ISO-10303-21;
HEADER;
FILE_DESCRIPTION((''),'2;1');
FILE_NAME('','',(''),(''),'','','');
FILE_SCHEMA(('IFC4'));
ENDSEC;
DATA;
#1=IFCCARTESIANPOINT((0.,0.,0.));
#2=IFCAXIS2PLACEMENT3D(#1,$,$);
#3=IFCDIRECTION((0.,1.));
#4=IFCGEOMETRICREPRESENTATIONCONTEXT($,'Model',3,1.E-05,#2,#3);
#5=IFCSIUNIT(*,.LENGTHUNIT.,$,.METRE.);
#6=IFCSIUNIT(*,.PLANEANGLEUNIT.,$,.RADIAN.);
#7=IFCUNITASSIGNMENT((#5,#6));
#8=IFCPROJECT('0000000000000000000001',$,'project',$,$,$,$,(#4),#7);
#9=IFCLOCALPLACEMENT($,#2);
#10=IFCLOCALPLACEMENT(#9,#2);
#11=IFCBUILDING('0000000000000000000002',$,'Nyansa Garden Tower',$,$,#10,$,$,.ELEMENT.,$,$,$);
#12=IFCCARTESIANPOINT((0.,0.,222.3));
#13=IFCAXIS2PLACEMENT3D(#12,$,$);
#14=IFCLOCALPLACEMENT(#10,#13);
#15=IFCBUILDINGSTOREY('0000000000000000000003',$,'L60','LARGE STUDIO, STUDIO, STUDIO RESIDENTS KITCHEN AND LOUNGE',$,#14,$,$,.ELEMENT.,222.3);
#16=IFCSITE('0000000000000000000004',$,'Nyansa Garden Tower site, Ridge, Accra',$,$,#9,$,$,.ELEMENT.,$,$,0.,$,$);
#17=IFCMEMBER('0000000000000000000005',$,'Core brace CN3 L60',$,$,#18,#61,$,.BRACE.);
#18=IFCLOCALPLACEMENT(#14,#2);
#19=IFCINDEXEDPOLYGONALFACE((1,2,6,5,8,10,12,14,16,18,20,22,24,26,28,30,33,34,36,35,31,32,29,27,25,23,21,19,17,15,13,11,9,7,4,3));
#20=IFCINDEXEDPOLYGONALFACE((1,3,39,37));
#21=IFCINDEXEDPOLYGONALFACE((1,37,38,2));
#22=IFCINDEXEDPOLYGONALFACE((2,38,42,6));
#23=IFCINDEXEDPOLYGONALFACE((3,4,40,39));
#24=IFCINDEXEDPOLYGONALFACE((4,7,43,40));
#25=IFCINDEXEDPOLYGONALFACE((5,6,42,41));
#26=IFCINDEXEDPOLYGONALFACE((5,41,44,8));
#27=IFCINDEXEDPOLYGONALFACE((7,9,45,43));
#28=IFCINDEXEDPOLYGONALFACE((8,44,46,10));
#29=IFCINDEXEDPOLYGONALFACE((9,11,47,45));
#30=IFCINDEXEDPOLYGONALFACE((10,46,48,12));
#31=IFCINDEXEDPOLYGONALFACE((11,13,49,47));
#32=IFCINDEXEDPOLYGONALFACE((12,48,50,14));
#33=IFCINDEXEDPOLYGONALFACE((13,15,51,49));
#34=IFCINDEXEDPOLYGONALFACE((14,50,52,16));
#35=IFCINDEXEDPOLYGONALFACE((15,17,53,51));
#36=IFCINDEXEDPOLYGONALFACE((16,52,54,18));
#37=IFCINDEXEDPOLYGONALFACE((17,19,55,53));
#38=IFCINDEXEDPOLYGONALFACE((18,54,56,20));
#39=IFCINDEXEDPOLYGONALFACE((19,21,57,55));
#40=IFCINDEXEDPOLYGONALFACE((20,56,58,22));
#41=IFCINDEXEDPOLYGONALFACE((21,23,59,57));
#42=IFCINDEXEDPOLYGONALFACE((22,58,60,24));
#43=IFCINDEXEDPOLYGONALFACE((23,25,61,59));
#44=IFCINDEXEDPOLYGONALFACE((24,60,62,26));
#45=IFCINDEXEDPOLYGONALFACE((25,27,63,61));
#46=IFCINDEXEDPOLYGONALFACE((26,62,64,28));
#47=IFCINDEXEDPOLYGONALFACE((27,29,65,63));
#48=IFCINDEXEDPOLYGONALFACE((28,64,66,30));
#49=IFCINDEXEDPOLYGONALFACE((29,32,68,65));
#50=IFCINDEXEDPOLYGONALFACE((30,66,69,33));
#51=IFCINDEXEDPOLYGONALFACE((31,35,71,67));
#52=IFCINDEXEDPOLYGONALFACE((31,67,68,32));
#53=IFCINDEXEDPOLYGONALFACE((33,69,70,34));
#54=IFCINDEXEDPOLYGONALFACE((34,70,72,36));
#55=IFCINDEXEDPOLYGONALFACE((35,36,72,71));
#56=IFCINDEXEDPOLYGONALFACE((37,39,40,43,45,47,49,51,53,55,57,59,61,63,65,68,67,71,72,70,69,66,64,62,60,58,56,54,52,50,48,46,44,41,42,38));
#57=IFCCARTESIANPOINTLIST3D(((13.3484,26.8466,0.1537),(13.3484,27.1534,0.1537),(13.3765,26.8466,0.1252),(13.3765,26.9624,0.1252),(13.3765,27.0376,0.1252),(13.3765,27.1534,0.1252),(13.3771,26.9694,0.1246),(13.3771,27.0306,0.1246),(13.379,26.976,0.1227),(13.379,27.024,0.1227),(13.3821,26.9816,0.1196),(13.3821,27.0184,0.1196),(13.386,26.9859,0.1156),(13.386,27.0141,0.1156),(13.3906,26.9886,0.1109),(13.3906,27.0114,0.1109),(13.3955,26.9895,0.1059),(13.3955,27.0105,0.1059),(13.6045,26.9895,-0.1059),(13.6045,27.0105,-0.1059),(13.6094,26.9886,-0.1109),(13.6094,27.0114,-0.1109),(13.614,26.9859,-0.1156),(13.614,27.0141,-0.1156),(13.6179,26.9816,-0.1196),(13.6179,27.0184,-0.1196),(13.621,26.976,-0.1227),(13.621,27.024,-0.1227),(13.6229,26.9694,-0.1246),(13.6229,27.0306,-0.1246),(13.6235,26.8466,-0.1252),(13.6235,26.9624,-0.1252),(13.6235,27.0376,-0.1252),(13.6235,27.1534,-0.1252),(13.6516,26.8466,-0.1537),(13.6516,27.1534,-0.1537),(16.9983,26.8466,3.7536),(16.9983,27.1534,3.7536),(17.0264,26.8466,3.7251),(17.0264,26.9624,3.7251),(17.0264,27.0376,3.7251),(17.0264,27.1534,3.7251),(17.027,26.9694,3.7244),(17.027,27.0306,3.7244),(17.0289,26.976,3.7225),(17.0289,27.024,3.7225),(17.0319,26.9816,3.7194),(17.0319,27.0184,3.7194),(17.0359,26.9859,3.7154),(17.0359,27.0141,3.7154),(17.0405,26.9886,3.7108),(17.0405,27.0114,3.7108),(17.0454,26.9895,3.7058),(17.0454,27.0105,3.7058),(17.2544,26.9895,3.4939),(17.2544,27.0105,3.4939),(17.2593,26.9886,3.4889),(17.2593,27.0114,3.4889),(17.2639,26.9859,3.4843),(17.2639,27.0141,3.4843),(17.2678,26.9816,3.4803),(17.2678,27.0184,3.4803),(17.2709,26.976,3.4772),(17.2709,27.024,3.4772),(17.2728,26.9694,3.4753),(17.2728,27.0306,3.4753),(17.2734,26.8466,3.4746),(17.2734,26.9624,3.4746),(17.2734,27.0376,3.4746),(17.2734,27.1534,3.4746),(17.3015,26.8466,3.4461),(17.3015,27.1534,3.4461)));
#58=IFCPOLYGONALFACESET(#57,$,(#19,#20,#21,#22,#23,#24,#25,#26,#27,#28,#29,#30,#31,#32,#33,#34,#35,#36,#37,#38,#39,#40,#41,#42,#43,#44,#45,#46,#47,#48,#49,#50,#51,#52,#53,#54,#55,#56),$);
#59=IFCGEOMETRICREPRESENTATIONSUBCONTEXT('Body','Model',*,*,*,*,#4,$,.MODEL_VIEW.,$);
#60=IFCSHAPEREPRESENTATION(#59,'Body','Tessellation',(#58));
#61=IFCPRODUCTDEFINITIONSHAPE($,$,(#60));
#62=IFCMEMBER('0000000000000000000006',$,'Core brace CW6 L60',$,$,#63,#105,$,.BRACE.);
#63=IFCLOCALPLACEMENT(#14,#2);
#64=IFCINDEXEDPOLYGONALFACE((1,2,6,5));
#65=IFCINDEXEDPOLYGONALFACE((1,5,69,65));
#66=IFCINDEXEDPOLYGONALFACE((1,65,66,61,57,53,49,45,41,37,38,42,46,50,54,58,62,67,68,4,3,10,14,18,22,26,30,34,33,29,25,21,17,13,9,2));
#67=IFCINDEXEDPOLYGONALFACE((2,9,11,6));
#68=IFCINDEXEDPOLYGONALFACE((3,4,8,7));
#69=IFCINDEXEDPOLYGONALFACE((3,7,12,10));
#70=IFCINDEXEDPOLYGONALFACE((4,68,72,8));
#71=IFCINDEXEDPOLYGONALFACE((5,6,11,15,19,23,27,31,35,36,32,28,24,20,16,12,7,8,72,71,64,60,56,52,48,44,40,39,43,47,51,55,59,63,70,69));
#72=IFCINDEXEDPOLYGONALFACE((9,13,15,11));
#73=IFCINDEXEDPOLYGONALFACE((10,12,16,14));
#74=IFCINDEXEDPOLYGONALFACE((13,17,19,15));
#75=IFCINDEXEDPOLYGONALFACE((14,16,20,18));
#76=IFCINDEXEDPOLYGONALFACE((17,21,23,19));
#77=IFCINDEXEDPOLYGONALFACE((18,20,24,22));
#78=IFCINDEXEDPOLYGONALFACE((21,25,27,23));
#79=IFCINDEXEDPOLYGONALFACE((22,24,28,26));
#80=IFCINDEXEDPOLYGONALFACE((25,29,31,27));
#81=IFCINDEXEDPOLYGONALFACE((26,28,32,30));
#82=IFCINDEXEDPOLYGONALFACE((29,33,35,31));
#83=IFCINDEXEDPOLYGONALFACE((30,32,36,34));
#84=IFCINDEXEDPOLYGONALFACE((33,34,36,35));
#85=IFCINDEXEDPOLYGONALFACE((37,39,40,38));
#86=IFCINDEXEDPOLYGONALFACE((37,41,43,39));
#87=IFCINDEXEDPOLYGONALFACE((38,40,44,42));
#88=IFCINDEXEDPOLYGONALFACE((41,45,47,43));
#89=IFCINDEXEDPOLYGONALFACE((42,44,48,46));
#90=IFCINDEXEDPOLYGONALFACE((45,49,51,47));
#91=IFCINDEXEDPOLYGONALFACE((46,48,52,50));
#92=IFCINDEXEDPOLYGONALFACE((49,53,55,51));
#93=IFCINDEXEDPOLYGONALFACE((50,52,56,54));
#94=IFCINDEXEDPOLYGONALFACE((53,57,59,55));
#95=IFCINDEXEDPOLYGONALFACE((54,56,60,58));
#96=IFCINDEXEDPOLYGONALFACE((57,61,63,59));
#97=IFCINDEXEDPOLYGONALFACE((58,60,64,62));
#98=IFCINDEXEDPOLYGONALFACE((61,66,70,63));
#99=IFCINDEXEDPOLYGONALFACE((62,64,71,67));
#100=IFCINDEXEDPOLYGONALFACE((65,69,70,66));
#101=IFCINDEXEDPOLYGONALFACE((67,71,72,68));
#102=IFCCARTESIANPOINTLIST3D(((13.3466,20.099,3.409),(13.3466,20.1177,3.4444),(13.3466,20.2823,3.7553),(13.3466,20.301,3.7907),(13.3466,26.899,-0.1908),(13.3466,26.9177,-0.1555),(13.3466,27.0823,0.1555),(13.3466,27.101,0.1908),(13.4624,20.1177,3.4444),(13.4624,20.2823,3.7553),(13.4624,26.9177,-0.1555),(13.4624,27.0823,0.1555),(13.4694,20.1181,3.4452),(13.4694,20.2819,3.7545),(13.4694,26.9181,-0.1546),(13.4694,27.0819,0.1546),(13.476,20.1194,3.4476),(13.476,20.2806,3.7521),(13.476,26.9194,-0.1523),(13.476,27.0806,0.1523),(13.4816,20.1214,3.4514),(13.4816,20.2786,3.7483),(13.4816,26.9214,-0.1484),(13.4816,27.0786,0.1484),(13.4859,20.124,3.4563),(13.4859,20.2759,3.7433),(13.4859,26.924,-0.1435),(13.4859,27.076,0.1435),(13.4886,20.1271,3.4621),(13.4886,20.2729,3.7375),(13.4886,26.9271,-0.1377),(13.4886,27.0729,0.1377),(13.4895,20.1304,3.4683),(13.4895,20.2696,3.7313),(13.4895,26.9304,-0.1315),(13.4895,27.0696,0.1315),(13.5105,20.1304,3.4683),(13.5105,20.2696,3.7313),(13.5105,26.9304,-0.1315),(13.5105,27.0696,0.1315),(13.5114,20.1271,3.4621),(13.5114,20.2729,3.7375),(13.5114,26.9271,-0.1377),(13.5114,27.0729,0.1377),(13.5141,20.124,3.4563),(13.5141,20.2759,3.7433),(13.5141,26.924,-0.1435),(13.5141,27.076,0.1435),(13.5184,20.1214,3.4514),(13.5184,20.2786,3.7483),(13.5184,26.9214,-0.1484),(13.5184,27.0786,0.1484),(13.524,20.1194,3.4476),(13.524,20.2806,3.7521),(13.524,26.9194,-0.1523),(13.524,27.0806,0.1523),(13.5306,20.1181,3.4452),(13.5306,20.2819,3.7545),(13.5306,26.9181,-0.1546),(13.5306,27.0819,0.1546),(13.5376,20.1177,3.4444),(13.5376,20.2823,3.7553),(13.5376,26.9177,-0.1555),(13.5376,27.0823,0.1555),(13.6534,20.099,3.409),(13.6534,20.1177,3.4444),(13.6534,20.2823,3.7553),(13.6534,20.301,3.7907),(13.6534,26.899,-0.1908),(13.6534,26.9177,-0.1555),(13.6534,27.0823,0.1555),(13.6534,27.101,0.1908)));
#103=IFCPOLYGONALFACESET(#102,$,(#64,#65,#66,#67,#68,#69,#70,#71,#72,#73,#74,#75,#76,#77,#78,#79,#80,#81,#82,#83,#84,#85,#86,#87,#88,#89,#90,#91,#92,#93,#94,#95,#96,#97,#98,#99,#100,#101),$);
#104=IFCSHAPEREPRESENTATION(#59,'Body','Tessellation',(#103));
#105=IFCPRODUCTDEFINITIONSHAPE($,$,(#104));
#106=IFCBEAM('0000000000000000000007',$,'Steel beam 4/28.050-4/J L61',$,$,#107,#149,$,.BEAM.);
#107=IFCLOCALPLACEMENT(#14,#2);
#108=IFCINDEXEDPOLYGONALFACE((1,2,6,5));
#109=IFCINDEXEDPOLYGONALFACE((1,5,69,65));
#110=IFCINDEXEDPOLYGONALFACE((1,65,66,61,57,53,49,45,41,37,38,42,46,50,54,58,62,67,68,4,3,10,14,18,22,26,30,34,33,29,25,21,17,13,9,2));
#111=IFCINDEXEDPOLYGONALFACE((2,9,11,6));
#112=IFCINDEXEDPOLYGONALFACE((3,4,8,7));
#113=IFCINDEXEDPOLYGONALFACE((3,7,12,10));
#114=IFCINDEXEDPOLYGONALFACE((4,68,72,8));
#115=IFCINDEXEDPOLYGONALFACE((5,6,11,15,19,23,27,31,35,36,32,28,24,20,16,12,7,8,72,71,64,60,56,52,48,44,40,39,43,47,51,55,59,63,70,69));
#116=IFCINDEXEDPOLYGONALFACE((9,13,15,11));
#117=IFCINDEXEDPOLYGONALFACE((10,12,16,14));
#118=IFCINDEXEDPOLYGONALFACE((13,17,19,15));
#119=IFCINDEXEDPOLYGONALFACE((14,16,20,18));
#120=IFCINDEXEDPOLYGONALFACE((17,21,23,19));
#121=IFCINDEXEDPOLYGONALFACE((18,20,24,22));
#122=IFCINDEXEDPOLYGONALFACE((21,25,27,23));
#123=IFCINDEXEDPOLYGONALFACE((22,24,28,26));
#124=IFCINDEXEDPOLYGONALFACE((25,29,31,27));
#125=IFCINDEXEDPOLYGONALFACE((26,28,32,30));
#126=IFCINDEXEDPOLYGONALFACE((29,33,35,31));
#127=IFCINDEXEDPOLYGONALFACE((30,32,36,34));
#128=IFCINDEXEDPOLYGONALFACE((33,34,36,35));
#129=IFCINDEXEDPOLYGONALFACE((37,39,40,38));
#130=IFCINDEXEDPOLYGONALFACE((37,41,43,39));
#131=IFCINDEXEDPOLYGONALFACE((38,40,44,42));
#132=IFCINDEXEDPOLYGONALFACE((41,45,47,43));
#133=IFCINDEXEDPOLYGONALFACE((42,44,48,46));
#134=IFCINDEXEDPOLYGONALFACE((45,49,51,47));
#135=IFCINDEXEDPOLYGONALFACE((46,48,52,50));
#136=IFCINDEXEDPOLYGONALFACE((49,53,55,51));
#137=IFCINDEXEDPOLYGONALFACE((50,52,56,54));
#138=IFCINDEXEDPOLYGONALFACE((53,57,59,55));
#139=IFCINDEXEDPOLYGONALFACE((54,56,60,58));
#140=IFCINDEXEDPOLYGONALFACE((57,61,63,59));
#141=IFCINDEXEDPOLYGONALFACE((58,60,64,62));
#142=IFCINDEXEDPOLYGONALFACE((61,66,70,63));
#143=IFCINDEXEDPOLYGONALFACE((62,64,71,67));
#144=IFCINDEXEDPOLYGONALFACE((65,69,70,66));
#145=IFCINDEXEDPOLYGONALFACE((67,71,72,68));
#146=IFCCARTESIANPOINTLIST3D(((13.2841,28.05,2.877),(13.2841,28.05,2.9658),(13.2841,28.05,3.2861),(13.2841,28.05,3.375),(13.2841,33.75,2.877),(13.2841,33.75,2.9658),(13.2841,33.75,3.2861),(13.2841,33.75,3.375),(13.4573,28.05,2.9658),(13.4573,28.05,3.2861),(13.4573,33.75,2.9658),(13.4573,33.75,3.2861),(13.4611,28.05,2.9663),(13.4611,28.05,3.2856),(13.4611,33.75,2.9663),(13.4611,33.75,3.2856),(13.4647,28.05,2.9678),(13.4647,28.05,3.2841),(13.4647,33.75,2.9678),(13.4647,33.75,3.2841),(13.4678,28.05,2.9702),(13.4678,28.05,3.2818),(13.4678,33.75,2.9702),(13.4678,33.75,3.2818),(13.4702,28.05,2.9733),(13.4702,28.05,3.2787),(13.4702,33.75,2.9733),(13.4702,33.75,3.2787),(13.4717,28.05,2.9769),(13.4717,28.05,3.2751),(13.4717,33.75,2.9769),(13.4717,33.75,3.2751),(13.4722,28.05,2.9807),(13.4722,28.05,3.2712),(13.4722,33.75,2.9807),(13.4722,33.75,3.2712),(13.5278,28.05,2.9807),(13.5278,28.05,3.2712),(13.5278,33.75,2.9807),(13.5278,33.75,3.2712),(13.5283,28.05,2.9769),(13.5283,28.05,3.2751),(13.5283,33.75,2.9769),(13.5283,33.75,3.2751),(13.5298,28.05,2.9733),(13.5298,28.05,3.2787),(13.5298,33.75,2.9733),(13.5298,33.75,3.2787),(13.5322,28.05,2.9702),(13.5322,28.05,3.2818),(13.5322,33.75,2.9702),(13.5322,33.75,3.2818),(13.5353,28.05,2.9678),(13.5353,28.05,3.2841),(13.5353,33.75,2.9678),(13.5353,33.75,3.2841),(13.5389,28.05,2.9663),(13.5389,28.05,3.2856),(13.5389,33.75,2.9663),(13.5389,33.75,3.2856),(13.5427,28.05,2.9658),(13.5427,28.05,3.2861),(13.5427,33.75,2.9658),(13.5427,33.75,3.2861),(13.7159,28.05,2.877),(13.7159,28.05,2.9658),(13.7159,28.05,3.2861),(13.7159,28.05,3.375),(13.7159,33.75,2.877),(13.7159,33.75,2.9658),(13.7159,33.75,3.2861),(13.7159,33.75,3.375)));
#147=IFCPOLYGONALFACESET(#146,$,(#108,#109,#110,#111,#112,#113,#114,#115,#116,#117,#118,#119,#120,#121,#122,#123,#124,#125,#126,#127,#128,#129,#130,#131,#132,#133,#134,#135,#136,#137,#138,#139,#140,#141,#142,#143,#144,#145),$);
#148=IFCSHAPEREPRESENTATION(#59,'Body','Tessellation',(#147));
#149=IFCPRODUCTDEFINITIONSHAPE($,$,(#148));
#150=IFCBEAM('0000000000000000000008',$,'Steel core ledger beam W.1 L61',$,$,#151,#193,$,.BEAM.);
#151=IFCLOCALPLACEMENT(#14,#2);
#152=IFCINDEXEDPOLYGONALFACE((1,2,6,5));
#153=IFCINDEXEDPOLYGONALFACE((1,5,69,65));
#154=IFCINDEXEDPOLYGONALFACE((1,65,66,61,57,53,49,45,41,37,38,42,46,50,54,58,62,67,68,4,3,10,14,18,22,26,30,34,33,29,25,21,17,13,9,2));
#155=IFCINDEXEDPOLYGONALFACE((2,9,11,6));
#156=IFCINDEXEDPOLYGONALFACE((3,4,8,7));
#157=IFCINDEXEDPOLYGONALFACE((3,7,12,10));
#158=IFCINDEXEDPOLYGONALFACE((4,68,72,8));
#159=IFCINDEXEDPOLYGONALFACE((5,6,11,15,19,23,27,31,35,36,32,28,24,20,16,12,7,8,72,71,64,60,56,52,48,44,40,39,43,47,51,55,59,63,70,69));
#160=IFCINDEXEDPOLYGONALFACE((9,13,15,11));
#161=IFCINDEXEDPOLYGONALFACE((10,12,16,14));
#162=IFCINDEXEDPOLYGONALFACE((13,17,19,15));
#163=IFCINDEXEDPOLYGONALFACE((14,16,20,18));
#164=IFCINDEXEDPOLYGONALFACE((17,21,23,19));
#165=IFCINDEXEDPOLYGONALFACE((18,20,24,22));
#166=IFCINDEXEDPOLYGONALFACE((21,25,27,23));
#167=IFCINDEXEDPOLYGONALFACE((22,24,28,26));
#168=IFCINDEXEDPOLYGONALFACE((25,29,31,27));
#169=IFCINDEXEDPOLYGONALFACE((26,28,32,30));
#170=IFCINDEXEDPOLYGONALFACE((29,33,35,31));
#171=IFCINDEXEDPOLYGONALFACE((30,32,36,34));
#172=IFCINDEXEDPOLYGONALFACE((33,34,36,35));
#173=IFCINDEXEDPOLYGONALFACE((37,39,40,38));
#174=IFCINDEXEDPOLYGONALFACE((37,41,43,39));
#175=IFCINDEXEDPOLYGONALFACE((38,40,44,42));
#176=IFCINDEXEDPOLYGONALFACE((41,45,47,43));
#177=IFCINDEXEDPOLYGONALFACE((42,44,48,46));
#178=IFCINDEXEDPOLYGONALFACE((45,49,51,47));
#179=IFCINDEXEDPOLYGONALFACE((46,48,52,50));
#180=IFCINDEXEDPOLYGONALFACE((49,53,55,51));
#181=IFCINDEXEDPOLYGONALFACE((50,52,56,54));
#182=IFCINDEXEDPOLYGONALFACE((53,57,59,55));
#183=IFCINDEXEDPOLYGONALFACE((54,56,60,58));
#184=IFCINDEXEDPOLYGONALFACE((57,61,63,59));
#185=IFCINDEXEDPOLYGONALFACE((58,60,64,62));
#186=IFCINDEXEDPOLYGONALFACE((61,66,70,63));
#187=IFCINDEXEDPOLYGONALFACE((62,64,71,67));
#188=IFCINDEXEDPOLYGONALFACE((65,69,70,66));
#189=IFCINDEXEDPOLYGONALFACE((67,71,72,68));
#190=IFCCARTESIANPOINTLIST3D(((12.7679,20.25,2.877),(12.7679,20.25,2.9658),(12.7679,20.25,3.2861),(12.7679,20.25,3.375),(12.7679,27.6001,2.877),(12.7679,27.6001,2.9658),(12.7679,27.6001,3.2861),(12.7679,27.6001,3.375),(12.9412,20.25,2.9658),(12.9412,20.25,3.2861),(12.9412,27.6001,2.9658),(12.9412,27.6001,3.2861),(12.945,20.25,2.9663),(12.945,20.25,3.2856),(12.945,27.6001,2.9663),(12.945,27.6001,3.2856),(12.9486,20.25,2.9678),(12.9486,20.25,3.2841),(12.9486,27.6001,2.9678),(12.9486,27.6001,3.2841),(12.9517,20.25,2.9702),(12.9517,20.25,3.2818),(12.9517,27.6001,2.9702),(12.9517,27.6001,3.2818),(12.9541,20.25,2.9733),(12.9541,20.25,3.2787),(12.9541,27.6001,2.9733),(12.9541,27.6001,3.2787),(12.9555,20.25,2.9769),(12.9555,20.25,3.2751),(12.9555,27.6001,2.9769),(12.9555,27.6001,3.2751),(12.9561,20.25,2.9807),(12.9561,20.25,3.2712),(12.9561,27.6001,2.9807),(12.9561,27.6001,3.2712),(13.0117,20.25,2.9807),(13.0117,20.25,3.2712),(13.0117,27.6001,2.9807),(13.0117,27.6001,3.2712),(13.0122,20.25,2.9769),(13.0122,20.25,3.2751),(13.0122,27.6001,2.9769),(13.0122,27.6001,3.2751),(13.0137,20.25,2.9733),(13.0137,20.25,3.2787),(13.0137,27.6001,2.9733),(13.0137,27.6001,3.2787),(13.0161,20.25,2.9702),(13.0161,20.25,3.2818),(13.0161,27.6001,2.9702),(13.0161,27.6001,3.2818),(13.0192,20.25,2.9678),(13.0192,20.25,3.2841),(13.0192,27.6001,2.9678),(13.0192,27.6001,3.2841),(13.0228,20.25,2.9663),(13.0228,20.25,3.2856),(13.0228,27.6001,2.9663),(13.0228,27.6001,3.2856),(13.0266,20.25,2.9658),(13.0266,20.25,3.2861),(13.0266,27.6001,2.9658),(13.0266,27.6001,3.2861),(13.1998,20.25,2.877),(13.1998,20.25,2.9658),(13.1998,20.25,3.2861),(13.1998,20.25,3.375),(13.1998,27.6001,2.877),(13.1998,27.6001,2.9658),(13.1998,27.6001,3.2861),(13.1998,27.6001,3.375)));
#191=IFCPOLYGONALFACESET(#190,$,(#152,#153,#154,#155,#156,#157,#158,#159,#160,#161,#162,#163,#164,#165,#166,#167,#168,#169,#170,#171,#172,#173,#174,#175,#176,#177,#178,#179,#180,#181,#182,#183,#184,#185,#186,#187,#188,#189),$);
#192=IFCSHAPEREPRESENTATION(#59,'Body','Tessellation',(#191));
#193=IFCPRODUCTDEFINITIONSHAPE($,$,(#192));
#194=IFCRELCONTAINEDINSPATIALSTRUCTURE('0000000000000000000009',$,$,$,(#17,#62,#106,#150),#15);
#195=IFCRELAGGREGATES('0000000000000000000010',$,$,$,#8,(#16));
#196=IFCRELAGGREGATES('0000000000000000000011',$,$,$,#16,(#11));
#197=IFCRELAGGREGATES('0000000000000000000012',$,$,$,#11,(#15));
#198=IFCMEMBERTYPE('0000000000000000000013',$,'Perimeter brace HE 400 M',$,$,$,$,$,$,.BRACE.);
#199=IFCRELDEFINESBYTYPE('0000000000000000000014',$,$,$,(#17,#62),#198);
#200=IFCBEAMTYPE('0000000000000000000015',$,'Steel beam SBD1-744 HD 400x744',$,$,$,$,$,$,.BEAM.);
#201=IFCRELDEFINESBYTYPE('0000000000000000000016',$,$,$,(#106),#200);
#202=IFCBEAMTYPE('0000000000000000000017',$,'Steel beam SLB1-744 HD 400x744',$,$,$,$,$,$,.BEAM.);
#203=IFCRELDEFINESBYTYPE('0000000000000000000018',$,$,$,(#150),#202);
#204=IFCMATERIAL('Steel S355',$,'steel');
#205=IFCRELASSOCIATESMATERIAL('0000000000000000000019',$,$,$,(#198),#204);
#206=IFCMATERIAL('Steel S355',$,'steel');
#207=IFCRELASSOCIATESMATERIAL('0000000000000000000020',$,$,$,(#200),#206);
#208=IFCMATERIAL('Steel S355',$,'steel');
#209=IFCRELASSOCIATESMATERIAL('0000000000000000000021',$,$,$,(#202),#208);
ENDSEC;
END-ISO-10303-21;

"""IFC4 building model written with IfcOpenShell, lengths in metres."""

from ifc_helpers import new_model, si_unit, direction, frame, origin, origin_2d, place, context, subcontext, project, spatial, i_section, extrude, material, material_profile, profile_set, type_object, element, save


model = new_model("IFC4")

# Units and contexts
model_context = context("Model", 3, precision=1e-05, world=origin(), true_north=direction((0.0, 1.0)))
body_context = subcontext(model_context, "Body", "Model", "MODEL_VIEW")
ifc_project = project(units=[si_unit("LENGTHUNIT", "METRE"), si_unit("PLANEANGLEUNIT", "RADIAN")], contexts=[model_context])

# Site, building, storey
site_placement = place(None, origin())
site = spatial("IfcSite", under=ifc_project, at=site_placement, Name="Nyansa Garden Tower site, Ridge, Accra", CompositionType="ELEMENT", RefElevation=0.0)
building_placement = place(site_placement, origin())
building = spatial("IfcBuilding", under=site, at=building_placement, Name="Nyansa Garden Tower", CompositionType="ELEMENT")
storey_placement = place(building_placement, frame((0.0, 0.0, 222.3)))
storey = spatial("IfcBuildingStorey", under=building, at=storey_placement, Name="L60", Description="LARGE STUDIO, STUDIO, STUDIO RESIDENTS KITCHEN AND LOUNGE", CompositionType="ELEMENT", Elevation=222.3)

# Members
ifc_material_1 = material(Name="Steel S355", Category="steel")
ifc_material_profile_1 = material_profile(ifc_material_1, i_section(OverallWidth=0.3069, OverallDepth=0.4319, WebThickness=0.021, FlangeThickness=0.04, FilletRadius=0.0271, at=origin_2d()), Name="HE 400 M")
ifc_profile_set_1 = profile_set([ifc_material_profile_1], Name="Steel S355")
member_type = type_object("IfcMemberType", Name="Perimeter brace HE 400 M", PredefinedType="BRACE", material=ifc_profile_set_1)
member_1_placement = place(storey_placement, frame((13.5, 27.0, 0.0), z_axis=(0.711971, 0.0, 0.702209), x_axis=(0.0, 1.0, 0.0)))
element("IfcMember", 1, at=member_1_placement, inside=storey, type_object=member_type, Name="Core brace CN3 L60", PredefinedType="BRACE", context=body_context, shape_type="SweptSolid", body=[
    extrude(i_section(OverallWidth=0.3069, OverallDepth=0.4319, WebThickness=0.021, FlangeThickness=0.04, FilletRadius=0.0271, at=origin_2d()), origin(), (0.0, 0.0, 1.0), 5.1265),
])
member_2_placement = place(storey_placement, frame((13.5, 27.0, 0.0), z_axis=(0.0, -0.883797, 0.46787), x_axis=(1.0, 0.0, 0.0)))
element("IfcMember", 2, at=member_2_placement, inside=storey, type_object=member_type, Name="Core brace CW6 L60", PredefinedType="BRACE", context=body_context, shape_type="SweptSolid", body=[
    extrude(i_section(OverallWidth=0.3069, OverallDepth=0.4319, WebThickness=0.021, FlangeThickness=0.04, FilletRadius=0.0271, at=origin_2d()), origin(), (0.0, 0.0, 1.0), 7.6941),
])

# Beams
ifc_material_2 = material(Name="Steel S355", Category="steel")
ifc_material_profile_2 = material_profile(ifc_material_2, i_section(OverallWidth=0.4319, OverallDepth=0.498, WebThickness=0.0557, FlangeThickness=0.0889, FilletRadius=0.0149, at=origin_2d()), Name="HD 400x744")
ifc_profile_set_2 = profile_set([ifc_material_profile_2], Name="Steel S355")
beam_type_1 = type_object("IfcBeamType", Name="Steel beam SBD1-744 HD 400x744", PredefinedType="BEAM", material=ifc_profile_set_2)
beam_placement = place(storey_placement, frame((13.5, 28.05, 3.126), z_axis=(0.0, 1.0, 0.0), x_axis=(-1.0, 0.0, 0.0)))
element("IfcBeam", 3, at=beam_placement, inside=storey, type_object=beam_type_1, Name="Steel beam 4/28.050-4/J L61", PredefinedType="BEAM", context=body_context, shape_type="SweptSolid", body=[
    extrude(i_section(OverallWidth=0.4319, OverallDepth=0.498, WebThickness=0.0557, FlangeThickness=0.0889, FilletRadius=0.0149, at=origin_2d()), origin(), (0.0, 0.0, 1.0), 5.7),
])
ifc_material_3 = material(Name="Steel S355", Category="steel")
ifc_material_profile_3 = material_profile(ifc_material_3, i_section(OverallWidth=0.4319, OverallDepth=0.498, WebThickness=0.0557, FlangeThickness=0.0889, FilletRadius=0.0149, at=origin_2d()), Name="HD 400x744")
ifc_profile_set_3 = profile_set([ifc_material_profile_3], Name="Steel S355")
beam_type_2 = type_object("IfcBeamType", Name="Steel beam SLB1-744 HD 400x744", PredefinedType="BEAM", material=ifc_profile_set_3)
for number, where, z_axis, x_axis, name in (
    (4, (12.9839, 27.6001, 3.126), (0.0, -1.0, 0.0), (1.0, 0.0, 0.0), "Steel core ledger beam W.1 L61"),
):
    element("IfcBeam", number, at=place(storey_placement, frame(where, z_axis=z_axis, x_axis=x_axis)), inside=storey, type_object=beam_type_2, Name=name, PredefinedType="BEAM", context=body_context, shape_type="SweptSolid", body=[
        extrude(i_section(OverallWidth=0.4319, OverallDepth=0.498, WebThickness=0.0557, FlangeThickness=0.0889, FilletRadius=0.0149, at=origin_2d()), origin(), (0.0, 0.0, 1.0), 7.3501),
    ])

save(model, "model.ifc")
